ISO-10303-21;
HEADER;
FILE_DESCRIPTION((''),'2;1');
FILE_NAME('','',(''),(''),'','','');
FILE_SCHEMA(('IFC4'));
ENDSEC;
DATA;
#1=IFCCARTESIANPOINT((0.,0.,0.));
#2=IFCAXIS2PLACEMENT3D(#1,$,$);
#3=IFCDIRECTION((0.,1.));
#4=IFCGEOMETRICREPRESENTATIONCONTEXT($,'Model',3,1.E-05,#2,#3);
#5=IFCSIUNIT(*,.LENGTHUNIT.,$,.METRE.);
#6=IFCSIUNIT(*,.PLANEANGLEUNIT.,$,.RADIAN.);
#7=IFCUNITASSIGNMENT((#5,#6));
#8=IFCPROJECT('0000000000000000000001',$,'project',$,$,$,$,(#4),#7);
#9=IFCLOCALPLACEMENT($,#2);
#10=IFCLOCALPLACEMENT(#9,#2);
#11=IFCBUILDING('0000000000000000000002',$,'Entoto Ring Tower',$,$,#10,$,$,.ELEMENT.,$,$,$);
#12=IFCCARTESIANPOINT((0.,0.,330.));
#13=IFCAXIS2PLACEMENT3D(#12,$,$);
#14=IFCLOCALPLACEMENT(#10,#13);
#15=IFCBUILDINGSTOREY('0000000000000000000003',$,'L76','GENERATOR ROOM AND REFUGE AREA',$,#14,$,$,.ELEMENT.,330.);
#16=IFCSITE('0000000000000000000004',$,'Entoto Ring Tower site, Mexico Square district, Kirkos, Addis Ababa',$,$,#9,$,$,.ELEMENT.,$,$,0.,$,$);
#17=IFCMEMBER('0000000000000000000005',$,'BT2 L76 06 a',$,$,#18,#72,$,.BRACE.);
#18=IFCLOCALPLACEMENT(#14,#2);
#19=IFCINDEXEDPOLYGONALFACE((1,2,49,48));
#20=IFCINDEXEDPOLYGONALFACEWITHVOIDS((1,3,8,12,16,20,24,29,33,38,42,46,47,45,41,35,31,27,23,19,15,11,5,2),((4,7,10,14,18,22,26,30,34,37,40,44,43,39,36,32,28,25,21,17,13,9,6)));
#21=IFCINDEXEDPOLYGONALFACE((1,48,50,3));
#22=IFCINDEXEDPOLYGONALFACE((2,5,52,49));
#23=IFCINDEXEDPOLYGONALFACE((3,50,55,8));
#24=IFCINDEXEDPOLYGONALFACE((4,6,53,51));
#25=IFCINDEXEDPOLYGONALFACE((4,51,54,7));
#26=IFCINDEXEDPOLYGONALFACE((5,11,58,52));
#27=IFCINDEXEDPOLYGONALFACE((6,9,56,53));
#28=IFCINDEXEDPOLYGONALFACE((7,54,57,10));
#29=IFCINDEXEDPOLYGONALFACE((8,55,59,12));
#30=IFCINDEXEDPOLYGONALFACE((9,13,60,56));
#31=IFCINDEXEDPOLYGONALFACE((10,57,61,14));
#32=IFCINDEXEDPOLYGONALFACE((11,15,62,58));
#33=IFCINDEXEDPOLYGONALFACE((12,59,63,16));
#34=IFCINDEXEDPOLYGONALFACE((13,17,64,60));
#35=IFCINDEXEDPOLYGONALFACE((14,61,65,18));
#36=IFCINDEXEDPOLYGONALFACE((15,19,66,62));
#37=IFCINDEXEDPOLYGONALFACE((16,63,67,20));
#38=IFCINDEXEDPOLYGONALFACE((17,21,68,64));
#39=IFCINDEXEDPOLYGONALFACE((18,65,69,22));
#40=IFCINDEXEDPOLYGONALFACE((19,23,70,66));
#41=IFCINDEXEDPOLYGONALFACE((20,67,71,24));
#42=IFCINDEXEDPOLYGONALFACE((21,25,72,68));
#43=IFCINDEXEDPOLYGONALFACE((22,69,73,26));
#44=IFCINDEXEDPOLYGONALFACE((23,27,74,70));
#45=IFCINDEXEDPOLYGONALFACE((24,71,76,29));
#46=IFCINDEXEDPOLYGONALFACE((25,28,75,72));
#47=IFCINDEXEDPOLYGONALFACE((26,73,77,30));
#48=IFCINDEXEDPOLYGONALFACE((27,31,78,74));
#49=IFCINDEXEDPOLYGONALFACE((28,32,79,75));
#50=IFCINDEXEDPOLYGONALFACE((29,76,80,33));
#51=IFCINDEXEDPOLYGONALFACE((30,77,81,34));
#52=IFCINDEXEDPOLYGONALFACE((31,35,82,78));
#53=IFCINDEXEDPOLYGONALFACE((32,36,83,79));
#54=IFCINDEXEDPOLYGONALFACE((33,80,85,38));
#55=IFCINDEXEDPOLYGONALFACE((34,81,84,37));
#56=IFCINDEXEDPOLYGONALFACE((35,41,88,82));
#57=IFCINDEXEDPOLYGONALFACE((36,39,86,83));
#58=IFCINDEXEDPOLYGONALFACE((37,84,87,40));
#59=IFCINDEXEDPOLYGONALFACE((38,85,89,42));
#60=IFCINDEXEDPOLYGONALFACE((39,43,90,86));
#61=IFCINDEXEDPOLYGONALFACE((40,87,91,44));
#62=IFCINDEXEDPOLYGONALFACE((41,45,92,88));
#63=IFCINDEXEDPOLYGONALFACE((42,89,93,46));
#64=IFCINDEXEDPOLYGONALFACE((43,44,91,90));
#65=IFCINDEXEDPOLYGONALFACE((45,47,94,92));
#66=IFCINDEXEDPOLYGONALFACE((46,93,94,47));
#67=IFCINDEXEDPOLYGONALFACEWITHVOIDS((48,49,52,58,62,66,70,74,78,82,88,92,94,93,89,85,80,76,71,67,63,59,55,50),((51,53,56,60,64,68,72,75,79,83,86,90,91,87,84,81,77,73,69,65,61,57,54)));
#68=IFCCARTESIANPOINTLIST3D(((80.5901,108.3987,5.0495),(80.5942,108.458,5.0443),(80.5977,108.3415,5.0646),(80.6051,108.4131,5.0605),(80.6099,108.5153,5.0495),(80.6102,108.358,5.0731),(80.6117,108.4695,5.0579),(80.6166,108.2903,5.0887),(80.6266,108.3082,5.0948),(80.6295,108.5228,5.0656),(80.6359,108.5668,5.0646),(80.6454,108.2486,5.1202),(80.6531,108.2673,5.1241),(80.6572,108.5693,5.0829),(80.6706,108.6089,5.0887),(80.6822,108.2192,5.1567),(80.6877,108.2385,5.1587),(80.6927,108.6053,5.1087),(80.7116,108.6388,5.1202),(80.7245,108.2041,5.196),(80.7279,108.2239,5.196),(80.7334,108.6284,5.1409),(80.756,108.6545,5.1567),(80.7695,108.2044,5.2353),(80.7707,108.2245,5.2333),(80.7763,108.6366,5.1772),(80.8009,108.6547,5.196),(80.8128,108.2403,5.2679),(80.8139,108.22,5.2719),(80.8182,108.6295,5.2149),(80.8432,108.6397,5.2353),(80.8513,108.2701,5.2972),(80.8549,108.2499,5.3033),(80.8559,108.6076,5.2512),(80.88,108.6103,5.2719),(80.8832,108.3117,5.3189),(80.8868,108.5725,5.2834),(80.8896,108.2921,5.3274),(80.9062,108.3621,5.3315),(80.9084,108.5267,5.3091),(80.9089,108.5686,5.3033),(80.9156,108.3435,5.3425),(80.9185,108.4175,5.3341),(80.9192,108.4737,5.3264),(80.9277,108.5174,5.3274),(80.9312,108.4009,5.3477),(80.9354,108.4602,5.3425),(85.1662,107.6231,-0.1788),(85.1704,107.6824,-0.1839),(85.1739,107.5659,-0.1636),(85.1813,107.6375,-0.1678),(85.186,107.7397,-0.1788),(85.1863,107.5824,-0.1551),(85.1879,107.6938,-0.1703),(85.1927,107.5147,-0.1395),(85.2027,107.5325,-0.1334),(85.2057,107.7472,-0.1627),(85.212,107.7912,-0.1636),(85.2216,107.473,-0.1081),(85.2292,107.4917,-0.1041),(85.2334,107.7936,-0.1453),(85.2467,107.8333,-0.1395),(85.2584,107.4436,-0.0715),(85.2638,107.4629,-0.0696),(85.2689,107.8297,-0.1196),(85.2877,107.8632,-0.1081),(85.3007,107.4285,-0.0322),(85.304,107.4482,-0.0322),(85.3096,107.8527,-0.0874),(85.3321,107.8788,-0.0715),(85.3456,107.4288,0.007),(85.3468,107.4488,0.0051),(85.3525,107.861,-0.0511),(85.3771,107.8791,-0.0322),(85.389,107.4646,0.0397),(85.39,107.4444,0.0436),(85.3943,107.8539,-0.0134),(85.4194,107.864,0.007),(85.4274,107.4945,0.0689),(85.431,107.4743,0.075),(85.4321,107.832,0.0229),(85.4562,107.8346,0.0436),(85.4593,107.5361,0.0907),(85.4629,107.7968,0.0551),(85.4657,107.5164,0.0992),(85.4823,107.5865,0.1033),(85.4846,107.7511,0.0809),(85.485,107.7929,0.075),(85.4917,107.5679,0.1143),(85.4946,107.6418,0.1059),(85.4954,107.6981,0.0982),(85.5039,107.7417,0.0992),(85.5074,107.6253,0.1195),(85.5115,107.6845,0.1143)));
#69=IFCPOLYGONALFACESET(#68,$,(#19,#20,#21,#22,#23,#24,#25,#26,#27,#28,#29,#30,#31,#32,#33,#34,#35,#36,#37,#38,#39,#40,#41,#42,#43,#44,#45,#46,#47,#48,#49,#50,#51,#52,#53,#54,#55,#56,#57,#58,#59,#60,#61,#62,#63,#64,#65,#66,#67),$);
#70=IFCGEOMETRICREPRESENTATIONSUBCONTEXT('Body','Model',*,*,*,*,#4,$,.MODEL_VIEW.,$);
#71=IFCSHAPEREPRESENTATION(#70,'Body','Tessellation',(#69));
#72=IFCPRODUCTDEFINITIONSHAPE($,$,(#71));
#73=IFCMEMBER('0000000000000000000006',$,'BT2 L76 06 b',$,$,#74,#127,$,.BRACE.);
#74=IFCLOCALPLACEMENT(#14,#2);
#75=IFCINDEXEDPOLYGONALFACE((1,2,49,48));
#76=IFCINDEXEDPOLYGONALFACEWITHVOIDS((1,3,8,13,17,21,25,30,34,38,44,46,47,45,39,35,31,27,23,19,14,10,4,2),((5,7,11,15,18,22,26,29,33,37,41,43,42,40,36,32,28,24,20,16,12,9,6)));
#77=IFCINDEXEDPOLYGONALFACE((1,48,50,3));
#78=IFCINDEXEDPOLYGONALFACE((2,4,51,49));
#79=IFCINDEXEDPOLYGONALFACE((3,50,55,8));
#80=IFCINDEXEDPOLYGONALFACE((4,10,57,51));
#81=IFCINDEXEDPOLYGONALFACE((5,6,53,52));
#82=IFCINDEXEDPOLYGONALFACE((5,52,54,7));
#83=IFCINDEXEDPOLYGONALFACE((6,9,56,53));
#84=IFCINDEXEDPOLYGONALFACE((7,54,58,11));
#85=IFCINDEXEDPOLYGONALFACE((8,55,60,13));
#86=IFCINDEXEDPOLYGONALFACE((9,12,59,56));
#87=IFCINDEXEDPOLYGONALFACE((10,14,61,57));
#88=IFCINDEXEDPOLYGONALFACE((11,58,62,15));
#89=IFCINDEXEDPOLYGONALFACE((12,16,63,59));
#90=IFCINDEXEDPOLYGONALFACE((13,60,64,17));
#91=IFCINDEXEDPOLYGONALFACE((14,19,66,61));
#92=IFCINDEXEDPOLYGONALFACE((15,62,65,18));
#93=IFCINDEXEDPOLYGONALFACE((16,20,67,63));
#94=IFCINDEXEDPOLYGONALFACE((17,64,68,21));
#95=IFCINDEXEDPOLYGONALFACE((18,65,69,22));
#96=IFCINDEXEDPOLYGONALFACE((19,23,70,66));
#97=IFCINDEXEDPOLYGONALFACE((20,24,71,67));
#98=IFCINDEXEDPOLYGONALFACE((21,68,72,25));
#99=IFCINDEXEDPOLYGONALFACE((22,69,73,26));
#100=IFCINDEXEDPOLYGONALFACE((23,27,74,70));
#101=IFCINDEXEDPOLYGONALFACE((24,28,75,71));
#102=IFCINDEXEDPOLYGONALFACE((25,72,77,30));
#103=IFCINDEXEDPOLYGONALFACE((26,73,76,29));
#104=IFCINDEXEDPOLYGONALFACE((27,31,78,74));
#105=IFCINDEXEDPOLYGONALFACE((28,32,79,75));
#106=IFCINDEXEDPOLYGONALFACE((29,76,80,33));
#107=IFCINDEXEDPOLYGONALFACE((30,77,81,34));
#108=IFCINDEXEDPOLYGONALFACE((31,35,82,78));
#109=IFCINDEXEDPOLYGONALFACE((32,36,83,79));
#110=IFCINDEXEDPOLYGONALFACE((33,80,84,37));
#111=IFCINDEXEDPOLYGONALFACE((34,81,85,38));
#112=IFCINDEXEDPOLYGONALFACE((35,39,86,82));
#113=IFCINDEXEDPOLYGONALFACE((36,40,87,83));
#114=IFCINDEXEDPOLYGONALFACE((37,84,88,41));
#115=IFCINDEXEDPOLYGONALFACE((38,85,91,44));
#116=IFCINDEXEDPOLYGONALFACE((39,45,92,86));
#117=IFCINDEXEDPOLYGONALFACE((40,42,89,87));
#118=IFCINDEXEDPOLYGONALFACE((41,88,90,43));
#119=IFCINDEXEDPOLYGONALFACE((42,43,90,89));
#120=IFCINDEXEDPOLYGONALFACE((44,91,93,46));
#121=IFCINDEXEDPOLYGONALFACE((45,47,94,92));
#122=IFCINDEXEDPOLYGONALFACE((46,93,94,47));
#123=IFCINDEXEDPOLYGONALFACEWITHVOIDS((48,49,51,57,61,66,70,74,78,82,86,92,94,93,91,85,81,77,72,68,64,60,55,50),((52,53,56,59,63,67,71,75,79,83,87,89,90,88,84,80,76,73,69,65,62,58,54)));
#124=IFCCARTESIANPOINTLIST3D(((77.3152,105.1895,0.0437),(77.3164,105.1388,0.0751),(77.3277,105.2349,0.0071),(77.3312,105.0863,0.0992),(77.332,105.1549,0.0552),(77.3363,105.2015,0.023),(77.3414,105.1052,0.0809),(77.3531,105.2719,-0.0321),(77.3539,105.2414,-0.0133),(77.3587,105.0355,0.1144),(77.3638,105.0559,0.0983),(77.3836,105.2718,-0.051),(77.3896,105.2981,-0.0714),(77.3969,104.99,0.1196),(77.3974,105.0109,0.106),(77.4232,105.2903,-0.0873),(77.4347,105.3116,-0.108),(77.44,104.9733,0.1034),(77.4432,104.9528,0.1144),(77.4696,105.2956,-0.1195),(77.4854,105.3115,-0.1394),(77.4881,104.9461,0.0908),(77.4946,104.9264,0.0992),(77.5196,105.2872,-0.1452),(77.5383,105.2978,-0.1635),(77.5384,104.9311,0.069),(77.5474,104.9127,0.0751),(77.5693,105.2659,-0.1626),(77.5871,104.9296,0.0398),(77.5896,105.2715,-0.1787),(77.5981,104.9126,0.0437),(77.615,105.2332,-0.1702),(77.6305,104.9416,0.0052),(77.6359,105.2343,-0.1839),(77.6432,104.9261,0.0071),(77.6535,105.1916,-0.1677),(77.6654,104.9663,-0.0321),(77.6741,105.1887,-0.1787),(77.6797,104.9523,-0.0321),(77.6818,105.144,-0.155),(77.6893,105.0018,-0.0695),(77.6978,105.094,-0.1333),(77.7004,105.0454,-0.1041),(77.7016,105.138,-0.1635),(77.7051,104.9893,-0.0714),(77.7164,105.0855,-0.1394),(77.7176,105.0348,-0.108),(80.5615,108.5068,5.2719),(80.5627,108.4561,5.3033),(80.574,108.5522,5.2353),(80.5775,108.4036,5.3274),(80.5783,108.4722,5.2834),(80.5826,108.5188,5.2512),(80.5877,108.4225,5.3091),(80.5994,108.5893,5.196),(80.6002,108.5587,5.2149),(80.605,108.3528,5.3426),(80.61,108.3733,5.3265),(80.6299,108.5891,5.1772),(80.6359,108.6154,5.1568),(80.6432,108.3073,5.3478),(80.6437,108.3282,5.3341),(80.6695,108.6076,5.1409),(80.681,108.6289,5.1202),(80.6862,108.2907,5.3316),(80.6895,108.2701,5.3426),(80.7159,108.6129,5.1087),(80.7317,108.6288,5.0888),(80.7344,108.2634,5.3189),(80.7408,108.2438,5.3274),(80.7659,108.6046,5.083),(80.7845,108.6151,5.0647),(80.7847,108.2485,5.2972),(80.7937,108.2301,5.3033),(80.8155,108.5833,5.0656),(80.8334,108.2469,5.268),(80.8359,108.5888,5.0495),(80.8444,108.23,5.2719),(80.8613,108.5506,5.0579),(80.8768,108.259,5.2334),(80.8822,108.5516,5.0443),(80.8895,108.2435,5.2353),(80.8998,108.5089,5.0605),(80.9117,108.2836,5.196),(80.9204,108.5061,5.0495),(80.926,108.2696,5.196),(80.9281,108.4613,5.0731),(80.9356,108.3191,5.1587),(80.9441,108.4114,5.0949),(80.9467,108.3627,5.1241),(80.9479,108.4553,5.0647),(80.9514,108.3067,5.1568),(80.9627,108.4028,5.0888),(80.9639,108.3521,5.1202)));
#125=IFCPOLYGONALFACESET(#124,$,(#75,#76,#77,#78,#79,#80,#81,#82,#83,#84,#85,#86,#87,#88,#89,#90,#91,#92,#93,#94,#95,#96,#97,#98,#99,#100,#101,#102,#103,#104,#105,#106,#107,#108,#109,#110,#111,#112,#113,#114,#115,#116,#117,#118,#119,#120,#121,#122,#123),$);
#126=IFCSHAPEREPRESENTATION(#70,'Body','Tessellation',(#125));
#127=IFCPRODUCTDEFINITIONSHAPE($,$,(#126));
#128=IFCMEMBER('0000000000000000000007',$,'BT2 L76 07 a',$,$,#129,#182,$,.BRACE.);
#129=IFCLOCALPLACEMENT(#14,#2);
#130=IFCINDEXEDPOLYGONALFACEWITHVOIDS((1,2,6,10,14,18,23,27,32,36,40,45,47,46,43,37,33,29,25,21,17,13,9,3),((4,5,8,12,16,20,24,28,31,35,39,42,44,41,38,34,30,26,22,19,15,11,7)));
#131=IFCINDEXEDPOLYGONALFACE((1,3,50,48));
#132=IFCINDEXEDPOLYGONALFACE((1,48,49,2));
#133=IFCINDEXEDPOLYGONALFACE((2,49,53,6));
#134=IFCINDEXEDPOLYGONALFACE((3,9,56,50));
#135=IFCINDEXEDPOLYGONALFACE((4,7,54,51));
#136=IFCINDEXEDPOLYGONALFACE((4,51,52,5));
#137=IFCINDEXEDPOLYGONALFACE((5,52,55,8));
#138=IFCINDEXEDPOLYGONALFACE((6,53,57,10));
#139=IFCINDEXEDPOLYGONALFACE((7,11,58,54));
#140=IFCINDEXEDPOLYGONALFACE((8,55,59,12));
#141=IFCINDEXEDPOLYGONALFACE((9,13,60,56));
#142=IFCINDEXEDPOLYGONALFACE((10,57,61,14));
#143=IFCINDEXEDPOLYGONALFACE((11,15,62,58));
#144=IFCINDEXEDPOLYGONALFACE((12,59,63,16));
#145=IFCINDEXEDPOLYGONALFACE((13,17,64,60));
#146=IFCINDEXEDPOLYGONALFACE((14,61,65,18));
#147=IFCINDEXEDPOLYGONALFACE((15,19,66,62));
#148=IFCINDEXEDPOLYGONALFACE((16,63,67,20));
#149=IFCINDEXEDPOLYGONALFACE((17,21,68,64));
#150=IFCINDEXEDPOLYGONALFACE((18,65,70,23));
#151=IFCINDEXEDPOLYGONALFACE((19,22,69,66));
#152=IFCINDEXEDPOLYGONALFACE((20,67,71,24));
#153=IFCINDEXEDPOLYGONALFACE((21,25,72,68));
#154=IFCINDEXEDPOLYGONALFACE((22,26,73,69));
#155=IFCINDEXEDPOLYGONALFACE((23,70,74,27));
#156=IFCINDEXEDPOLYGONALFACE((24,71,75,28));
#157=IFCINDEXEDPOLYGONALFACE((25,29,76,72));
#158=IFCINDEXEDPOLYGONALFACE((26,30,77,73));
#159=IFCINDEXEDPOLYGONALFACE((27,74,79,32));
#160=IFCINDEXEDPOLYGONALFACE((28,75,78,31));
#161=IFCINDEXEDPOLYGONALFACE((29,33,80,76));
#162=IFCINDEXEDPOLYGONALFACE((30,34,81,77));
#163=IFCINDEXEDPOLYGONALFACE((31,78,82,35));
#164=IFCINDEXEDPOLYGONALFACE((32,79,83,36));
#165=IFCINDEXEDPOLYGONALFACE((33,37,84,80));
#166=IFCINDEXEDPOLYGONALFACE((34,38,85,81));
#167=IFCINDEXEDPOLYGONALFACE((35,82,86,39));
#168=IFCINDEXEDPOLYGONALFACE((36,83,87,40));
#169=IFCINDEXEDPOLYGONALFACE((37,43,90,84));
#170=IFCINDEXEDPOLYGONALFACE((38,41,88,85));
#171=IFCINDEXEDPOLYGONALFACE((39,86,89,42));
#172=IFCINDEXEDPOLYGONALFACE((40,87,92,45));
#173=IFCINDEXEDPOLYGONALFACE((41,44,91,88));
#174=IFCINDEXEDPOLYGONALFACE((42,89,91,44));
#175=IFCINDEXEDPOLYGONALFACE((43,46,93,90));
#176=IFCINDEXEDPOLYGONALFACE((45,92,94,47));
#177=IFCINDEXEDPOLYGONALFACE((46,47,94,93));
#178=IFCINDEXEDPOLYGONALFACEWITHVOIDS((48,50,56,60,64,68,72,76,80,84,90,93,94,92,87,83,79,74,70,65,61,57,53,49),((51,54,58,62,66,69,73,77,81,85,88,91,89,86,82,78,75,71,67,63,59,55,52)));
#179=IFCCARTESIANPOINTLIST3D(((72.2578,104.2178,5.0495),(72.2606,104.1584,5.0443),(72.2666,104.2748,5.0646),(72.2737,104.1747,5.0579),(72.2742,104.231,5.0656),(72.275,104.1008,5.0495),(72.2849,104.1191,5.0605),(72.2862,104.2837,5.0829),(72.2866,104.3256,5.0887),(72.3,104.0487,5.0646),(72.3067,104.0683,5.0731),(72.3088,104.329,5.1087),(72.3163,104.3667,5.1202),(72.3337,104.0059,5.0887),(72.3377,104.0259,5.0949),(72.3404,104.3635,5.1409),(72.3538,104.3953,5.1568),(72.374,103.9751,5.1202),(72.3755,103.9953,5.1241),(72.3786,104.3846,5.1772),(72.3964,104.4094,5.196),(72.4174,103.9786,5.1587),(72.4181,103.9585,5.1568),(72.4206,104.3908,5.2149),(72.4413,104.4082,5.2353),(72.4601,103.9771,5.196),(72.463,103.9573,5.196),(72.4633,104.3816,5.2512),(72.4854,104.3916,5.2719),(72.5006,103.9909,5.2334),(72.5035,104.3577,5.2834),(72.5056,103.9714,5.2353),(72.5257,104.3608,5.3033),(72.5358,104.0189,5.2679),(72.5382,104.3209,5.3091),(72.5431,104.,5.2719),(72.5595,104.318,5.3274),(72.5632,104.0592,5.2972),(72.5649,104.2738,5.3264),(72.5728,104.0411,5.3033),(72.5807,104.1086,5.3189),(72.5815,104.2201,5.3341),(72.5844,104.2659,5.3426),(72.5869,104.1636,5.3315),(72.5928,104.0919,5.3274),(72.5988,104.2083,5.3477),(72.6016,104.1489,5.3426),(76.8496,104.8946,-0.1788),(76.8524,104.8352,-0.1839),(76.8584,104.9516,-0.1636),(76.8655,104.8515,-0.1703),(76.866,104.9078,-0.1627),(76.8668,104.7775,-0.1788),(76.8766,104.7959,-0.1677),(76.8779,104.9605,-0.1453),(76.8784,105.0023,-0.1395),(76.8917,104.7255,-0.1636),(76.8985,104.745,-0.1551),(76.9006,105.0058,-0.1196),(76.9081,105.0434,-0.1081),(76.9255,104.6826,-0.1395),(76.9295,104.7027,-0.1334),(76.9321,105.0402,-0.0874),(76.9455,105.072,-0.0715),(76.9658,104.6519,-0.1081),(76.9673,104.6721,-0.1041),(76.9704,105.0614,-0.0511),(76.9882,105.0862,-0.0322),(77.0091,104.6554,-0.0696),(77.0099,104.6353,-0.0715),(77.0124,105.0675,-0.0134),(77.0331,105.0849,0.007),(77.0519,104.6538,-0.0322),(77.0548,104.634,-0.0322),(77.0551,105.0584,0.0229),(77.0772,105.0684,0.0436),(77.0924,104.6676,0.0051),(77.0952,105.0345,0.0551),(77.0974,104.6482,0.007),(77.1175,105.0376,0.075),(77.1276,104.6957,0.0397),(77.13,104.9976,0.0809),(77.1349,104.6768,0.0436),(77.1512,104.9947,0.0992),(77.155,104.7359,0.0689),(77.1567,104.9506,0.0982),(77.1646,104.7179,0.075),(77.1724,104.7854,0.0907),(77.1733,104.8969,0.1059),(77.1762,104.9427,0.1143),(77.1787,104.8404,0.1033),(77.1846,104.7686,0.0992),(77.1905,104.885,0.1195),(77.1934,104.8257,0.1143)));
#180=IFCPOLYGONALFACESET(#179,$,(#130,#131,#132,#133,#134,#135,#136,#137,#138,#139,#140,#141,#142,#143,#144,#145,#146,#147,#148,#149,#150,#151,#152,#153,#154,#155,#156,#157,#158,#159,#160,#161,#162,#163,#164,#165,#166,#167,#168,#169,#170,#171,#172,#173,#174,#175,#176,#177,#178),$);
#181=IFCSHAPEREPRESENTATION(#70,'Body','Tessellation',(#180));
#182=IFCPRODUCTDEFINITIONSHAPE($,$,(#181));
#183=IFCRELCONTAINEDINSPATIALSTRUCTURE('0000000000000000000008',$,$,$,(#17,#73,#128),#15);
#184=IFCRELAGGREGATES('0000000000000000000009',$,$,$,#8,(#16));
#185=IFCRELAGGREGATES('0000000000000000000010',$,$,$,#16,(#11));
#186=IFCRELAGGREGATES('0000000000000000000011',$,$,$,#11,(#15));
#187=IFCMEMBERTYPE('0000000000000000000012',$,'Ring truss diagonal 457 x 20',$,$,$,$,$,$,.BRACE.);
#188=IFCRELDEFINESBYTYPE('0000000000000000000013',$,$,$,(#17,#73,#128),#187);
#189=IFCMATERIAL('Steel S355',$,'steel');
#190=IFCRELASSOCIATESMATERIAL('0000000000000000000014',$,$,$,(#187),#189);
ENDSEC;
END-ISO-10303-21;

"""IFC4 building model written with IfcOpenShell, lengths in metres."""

from ifc_helpers import new_model, si_unit, direction, frame, origin, origin_2d, place, context, subcontext, project, spatial, circle, hollow_circle, extrude, material, material_profile, profile_set, type_object, element, save


model = new_model("IFC4")

# Units and contexts
model_context = context("Model", 3, precision=1e-05, world=origin(), true_north=direction((0.0, 1.0)))
body_context = subcontext(model_context, "Body", "Model", "MODEL_VIEW")
ifc_project = project(units=[si_unit("LENGTHUNIT", "METRE"), si_unit("PLANEANGLEUNIT", "RADIAN")], contexts=[model_context])

# Site, building, storey
site_placement = place(None, origin())
site = spatial("IfcSite", under=ifc_project, at=site_placement, Name="Entoto Ring Tower site, Mexico Square district, Kirkos, Addis Ababa", CompositionType="ELEMENT", RefElevation=0.0)
building_placement = place(site_placement, origin())
building = spatial("IfcBuilding", under=site, at=building_placement, Name="Entoto Ring Tower", CompositionType="ELEMENT")
storey_placement = place(building_placement, frame((0.0, 0.0, 330.0)))
storey = spatial("IfcBuildingStorey", under=building, at=storey_placement, Name="L76", Description="GENERATOR ROOM AND REFUGE AREA", CompositionType="ELEMENT", Elevation=330.0)

# Members
ifc_material_1 = material(Name="Steel S355", Category="steel")
ifc_material_profile_1 = material_profile(ifc_material_1, hollow_circle(Radius=0.2285, WallThickness=0.02, at=origin_2d()), Name="CHS 457 x 20")
ifc_material_2 = material(Name="Concrete C60/75", Category="concrete")
ifc_material_profile_2 = material_profile(ifc_material_2, circle(Radius=0.2085, at=origin_2d()), Name="Concrete C60/75 infill")
ifc_profile_set_1 = profile_set([ifc_material_profile_1, ifc_material_profile_2], Name="Steel S355")
member_type_1 = type_object("IfcMemberType", Name="Ring truss diagonal 457 x 20", PredefinedType="BRACE", material=ifc_profile_set_1)
for number, where, z_axis, x_axis, name in (
    (1, (85.3389, 107.6538, -0.0322), (-0.654556, 0.110943, 0.747829), (-0.167111, -0.985938, 0.0), "BT2 L76 06 a"),
    (2, (80.7627, 108.4294, 5.196), (-0.464338, -0.4745, -0.747823), (0.714719, -0.699412, 0.0), "BT2 L76 06 b"),
    (3, (77.0215, 104.8601, -0.0322), (-0.656793, -0.096801, 0.747832), (0.145809, -0.989313, 0.0), "BT2 L76 07 a"),
):
    element("IfcMember", number, at=place(storey_placement, frame(where, z_axis=z_axis, x_axis=x_axis)), inside=storey, type_object=member_type_1, Name=name, PredefinedType="BRACE", context=body_context, shape_type="SweptSolid", body=[
        extrude(hollow_circle(Radius=0.2285, WallThickness=0.02, at=origin_2d()), origin(), (0.0, 0.0, 1.0), 6.9912),
    ])

save(model, "model.ifc")
